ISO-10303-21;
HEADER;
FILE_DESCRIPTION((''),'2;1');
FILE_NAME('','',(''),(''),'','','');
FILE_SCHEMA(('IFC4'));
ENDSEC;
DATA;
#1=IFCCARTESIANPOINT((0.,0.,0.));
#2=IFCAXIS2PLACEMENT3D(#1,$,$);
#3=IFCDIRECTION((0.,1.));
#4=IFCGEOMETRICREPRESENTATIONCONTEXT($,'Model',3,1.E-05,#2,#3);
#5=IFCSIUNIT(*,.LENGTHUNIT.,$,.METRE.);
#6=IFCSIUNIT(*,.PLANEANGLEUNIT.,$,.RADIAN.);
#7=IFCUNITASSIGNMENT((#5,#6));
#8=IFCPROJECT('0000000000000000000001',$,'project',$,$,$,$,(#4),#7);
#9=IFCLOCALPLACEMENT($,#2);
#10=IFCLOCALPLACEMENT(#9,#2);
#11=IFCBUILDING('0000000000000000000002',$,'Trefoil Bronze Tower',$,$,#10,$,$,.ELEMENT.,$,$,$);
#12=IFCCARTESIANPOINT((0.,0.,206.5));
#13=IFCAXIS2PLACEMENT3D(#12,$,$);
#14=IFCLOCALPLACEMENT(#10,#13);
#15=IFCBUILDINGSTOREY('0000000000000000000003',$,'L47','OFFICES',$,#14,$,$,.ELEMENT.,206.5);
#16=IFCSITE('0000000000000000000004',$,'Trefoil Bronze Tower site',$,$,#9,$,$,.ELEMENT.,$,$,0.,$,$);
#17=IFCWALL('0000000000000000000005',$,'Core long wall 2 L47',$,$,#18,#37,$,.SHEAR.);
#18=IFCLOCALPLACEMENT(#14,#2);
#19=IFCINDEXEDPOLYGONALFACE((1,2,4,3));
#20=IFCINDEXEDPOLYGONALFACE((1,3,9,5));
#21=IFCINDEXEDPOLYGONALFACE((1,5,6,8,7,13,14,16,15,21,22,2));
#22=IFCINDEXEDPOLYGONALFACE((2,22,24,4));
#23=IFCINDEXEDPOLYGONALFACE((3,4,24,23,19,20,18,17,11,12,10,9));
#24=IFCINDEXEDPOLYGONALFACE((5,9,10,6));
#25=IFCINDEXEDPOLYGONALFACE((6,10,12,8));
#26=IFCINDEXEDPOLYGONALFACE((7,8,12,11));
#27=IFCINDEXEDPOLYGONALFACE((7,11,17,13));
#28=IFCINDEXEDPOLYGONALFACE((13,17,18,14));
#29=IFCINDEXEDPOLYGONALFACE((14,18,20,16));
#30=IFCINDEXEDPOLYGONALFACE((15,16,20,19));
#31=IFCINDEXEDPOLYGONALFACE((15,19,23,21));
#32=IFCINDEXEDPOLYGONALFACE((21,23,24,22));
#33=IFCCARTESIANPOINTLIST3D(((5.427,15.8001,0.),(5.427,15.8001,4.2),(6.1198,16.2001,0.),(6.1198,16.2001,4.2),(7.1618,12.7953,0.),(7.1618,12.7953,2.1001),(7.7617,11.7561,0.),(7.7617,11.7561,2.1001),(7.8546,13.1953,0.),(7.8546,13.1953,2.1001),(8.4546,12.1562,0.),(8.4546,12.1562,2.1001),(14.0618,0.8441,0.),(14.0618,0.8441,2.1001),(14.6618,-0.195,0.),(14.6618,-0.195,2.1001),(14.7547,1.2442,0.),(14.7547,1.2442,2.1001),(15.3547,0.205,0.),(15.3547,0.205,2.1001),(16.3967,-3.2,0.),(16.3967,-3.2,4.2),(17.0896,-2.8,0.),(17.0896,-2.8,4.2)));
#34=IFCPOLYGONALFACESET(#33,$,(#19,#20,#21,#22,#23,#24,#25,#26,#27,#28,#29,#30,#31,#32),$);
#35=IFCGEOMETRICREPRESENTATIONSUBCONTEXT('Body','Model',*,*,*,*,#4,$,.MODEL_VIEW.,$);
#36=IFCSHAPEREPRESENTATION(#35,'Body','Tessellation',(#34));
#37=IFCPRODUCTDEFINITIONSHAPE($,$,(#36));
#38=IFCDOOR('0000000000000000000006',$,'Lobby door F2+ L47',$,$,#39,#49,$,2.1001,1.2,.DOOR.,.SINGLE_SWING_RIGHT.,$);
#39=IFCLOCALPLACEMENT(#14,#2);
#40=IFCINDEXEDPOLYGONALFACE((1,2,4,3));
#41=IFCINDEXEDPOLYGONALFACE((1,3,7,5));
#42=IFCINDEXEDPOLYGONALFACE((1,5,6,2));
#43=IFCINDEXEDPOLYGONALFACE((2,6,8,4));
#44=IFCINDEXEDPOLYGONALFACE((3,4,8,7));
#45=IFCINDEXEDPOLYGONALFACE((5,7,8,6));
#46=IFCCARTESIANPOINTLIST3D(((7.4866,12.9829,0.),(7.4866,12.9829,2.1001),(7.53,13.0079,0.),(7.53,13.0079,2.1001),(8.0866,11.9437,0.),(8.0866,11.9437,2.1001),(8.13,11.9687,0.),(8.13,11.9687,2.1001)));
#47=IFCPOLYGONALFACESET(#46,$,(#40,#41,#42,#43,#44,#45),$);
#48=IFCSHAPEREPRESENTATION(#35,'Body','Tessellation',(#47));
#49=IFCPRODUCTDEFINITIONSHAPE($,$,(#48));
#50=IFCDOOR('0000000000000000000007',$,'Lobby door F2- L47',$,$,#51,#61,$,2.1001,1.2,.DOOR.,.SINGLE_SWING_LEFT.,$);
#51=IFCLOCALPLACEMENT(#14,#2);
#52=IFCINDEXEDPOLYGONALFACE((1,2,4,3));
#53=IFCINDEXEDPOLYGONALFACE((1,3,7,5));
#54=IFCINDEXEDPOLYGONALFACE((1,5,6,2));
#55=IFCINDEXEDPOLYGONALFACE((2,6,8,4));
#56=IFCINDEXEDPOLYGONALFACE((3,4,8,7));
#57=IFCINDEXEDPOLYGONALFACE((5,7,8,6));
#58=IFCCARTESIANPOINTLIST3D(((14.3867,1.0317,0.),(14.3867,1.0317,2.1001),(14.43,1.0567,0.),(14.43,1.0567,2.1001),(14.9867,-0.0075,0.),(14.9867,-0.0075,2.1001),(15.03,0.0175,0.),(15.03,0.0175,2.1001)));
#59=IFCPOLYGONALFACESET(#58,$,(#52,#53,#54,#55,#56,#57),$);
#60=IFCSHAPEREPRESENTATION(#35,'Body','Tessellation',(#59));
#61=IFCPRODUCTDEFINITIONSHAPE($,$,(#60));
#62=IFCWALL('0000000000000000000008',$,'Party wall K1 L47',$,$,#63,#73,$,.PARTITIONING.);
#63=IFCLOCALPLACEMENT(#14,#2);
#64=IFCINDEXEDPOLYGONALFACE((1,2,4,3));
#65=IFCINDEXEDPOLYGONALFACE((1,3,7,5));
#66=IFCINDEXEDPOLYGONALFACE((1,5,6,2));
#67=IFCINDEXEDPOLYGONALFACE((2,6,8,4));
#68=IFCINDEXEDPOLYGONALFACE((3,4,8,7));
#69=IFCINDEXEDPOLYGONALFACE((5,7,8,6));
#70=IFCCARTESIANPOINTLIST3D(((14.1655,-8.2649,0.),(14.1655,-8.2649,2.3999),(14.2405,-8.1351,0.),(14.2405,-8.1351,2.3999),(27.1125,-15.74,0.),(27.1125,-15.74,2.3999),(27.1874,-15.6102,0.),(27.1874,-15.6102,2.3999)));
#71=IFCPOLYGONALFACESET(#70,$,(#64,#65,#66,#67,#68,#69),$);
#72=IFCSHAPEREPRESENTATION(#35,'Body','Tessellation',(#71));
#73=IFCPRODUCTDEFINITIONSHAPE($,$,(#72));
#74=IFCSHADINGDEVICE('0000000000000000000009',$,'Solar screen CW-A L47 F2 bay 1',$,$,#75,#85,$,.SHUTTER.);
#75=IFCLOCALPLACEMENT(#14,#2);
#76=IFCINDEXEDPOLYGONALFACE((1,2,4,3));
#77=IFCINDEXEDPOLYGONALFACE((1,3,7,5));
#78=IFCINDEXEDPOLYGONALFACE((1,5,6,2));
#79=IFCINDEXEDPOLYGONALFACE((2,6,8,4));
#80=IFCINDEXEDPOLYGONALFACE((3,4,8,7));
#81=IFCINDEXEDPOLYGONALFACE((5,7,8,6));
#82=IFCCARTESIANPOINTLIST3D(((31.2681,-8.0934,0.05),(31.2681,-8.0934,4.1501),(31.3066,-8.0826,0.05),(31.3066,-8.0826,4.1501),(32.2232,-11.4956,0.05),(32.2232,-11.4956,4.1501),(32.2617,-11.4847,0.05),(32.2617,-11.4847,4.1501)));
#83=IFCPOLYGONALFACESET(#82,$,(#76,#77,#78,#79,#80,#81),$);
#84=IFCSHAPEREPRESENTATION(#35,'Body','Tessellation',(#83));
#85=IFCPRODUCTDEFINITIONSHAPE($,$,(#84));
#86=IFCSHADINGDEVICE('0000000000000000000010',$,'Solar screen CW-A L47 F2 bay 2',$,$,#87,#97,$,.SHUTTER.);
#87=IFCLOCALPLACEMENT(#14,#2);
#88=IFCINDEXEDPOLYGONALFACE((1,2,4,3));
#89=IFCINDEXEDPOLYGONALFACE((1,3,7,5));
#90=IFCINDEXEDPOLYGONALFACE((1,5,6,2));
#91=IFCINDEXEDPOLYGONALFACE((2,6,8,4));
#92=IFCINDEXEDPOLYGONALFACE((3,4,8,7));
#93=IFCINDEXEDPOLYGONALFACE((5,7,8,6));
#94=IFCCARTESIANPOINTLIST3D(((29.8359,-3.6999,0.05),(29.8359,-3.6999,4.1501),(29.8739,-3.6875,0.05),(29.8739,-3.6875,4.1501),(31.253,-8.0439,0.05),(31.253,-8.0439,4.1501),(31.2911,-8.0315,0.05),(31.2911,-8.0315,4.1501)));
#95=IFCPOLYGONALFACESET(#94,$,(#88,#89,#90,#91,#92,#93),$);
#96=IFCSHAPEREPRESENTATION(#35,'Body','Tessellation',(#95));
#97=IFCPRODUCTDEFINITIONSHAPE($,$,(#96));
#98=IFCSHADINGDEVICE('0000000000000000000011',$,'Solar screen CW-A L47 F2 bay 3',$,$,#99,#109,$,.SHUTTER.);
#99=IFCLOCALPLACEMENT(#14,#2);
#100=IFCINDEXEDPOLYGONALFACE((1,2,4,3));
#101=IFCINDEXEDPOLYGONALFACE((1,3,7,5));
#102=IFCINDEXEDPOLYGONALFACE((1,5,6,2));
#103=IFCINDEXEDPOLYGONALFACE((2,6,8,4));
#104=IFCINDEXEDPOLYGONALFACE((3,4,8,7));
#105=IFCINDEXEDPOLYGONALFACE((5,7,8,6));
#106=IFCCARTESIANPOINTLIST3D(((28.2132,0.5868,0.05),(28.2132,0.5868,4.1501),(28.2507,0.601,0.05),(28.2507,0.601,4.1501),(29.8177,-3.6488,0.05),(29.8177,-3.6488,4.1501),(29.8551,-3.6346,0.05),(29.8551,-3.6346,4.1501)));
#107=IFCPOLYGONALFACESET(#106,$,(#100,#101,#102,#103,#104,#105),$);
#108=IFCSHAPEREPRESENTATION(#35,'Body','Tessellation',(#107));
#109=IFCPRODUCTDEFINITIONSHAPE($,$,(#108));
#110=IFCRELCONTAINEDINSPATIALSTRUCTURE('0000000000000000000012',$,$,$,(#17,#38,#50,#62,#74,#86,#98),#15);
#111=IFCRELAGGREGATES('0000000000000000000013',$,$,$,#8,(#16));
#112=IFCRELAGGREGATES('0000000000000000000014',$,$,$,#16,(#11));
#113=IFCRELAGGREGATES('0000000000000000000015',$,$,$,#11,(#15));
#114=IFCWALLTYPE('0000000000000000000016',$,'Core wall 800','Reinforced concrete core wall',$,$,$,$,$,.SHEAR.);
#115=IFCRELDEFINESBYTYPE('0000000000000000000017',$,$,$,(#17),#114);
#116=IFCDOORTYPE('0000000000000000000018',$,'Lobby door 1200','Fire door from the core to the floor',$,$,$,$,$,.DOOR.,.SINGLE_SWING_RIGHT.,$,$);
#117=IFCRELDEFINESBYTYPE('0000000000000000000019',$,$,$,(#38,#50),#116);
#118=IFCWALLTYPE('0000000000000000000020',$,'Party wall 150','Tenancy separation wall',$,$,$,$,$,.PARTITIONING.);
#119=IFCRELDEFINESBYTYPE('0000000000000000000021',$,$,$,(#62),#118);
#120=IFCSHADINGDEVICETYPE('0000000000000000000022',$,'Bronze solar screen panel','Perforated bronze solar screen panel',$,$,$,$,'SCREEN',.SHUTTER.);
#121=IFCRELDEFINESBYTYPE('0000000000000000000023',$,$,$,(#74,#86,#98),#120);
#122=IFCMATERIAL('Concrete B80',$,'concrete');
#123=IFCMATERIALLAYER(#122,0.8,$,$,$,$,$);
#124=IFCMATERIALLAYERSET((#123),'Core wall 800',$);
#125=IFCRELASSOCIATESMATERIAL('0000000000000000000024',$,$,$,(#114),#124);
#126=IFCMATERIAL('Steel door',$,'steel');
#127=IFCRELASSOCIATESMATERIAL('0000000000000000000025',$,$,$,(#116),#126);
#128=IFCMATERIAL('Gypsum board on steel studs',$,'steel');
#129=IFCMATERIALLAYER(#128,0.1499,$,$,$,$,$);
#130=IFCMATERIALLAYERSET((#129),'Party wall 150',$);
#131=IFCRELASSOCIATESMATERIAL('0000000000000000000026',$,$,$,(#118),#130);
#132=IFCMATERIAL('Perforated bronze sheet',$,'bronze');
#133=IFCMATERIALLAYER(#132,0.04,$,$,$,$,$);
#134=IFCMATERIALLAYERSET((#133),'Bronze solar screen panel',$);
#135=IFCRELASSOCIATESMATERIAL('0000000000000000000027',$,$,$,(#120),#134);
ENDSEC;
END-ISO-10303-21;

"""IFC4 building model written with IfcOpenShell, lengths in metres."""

from ifc_helpers import new_model, si_unit, direction, frame, frame_2d, origin, origin_2d, place, context, subcontext, project, spatial, rectangle, extrude, material, layer, layer_set, type_object, element, fill, save


model = new_model("IFC4")

# Units and contexts
model_context = context("Model", 3, precision=1e-05, world=origin(), true_north=direction((0.0, 1.0)))
body_context = subcontext(model_context, "Body", "Model", "MODEL_VIEW")
ifc_project = project(units=[si_unit("LENGTHUNIT", "METRE"), si_unit("PLANEANGLEUNIT", "RADIAN")], contexts=[model_context])

# Site, building, storey
site_placement = place(None, origin())
site = spatial("IfcSite", under=ifc_project, at=site_placement, Name="Trefoil Bronze Tower site", CompositionType="ELEMENT", RefElevation=0.0)
building_placement = place(site_placement, origin())
building = spatial("IfcBuilding", under=site, at=building_placement, Name="Trefoil Bronze Tower", CompositionType="ELEMENT")
storey_placement = place(building_placement, frame((0.0, 0.0, 206.5)))
storey = spatial("IfcBuildingStorey", under=building, at=storey_placement, Name="L47", Description="OFFICES", CompositionType="ELEMENT", Elevation=206.5)

# Wall, openings, doors
ifc_material_1 = material(Name="Concrete B80", Category="concrete")
ifc_layer_1 = layer(ifc_material_1, 0.8)
ifc_layer_set_1 = layer_set([ifc_layer_1], Name="Core wall 800")
wall_type_1 = type_object("IfcWallType", Name="Core wall 800", Description="Reinforced concrete core wall", PredefinedType="SHEAR", material=ifc_layer_set_1)
wall_1_placement = place(storey_placement, frame((16.7432, -3.0, 0.0), z_axis=(0.0, 0.0, 1.0), x_axis=(-0.500002, 0.866024, 0.0)))
wall_1 = element("IfcWall", 1, at=wall_1_placement, inside=storey, type_object=wall_type_1, Name="Core long wall 2 L47", PredefinedType="SHEAR", context=body_context, shape_type="SweptSolid", body=[
    extrude(rectangle(XDim=21.9395, YDim=0.8, at=frame_2d((10.9697, 0.0))), origin(), (0.0, 0.0, 1.0), 4.2),
])
opening_1_placement = place(wall_1_placement, frame((17.2698, 0.0, 0.0)))
opening_1 = element("IfcOpeningElement", 2, at=opening_1_placement, cuts=wall_1, PredefinedType="OPENING", context=body_context, shape_type="SweptSolid", body=[
    extrude(rectangle(XDim=1.2, YDim=2.1001, at=frame_2d((0.6001, 1.05))), frame((0.0, 0.4099, 0.0), z_axis=(0.0, -1.0, 0.0), x_axis=(1.0, 0.0, 0.0)), (0.0, 0.0, 1.0), 0.8201),
])
opening_2_placement = place(wall_1_placement, frame((3.4697, 0.0, 0.0)))
opening_2 = element("IfcOpeningElement", 3, at=opening_2_placement, cuts=wall_1, PredefinedType="OPENING", context=body_context, shape_type="SweptSolid", body=[
    extrude(rectangle(XDim=1.2, YDim=2.1001, at=frame_2d((0.6001, 1.05))), frame((0.0, 0.4099, 0.0), z_axis=(0.0, -1.0, 0.0), x_axis=(1.0, 0.0, 0.0)), (0.0, 0.0, 1.0), 0.8201),
])
ifc_material_2 = material(Name="Steel door", Category="steel")
door_type = type_object("IfcDoorType", Name="Lobby door 1200", Description="Fire door from the core to the floor", OperationType="SINGLE_SWING_RIGHT", PredefinedType="DOOR", material=ifc_material_2)
door_1_placement = place(opening_1_placement, origin())
door_1 = element("IfcDoor", 4, at=door_1_placement, inside=storey, type_object=door_type, Name="Lobby door F2+ L47", OperationType="SINGLE_SWING_RIGHT", OverallHeight=2.1001, OverallWidth=1.2, PredefinedType="DOOR", context=body_context, shape_type="SweptSolid", body=[
    extrude(rectangle(XDim=1.2, YDim=2.1001, at=frame_2d((0.6001, 1.05))), frame((0.0, 0.0249, 0.0), z_axis=(0.0, -1.0, 0.0), x_axis=(1.0, 0.0, 0.0)), (0.0, 0.0, 1.0), 0.05),
])
fill(opening_1, door_1)
door_2_placement = place(opening_2_placement, origin())
door_2 = element("IfcDoor", 5, at=door_2_placement, inside=storey, type_object=door_type, Name="Lobby door F2- L47", OperationType="SINGLE_SWING_LEFT", OverallHeight=2.1001, OverallWidth=1.2, PredefinedType="DOOR", context=body_context, shape_type="SweptSolid", body=[
    extrude(rectangle(XDim=1.2, YDim=2.1001, at=frame_2d((0.6001, 1.05))), frame((0.0, 0.0249, 0.0), z_axis=(0.0, -1.0, 0.0), x_axis=(1.0, 0.0, 0.0)), (0.0, 0.0, 1.0), 0.05),
])
fill(opening_2, door_2)

# Wall
ifc_material_3 = material(Name="Gypsum board on steel studs", Category="steel")
ifc_layer_2 = layer(ifc_material_3, 0.1499)
ifc_layer_set_2 = layer_set([ifc_layer_2], Name="Party wall 150")
wall_type_2 = type_object("IfcWallType", Name="Party wall 150", Description="Tenancy separation wall", PredefinedType="PARTITIONING", material=ifc_layer_set_2)
wall_2_placement = place(storey_placement, frame((14.2029, -8.2, 0.0), z_axis=(0.0, 0.0, 1.0), x_axis=(0.866022, -0.500007, 0.0)))
element("IfcWall", 6, at=wall_2_placement, inside=storey, type_object=wall_type_2, Name="Party wall K1 L47", PredefinedType="PARTITIONING", context=body_context, shape_type="SweptSolid", body=[
    extrude(rectangle(XDim=14.95, YDim=0.1499, at=frame_2d((7.4751, 0.0))), origin(), (0.0, 0.0, 1.0), 2.3999),
])

# Shading devices
ifc_material_4 = material(Name="Perforated bronze sheet", Category="bronze")
ifc_layer_3 = layer(ifc_material_4, 0.04)
ifc_layer_set_3 = layer_set([ifc_layer_3], Name="Bronze solar screen panel")
shading_device_type = type_object("IfcShadingDeviceType", Name="Bronze solar screen panel", Description="Perforated bronze solar screen panel", ElementType="SCREEN", PredefinedType="SHUTTER", material=ifc_layer_set_3)
shading_device_1_placement = place(storey_placement, frame((31.7649, -9.7891, 0.05), z_axis=(0.0, 0.0, 1.0), x_axis=(-0.270282, 0.962781, 0.0)))
element("IfcShadingDevice", 7, at=shading_device_1_placement, inside=storey, type_object=shading_device_type, Name="Solar screen CW-A L47 F2 bay 1", PredefinedType="SHUTTER", context=body_context, shape_type="SweptSolid", body=[
    extrude(rectangle(XDim=3.5337, YDim=0.04, at=origin_2d()), origin(), (0.0, 0.0, 1.0), 4.1001),
])
shading_device_2_placement = place(storey_placement, frame((30.5635, -5.8657, 0.05), z_axis=(0.0, 0.0, 1.0), x_axis=(-0.310149, 0.950688, 0.0)))
element("IfcShadingDevice", 8, at=shading_device_2_placement, inside=storey, type_object=shading_device_type, Name="Solar screen CW-A L47 F2 bay 2", PredefinedType="SHUTTER", context=body_context, shape_type="SweptSolid", body=[
    extrude(rectangle(XDim=4.5693, YDim=0.04, at=origin_2d()), origin(), (0.0, 0.0, 1.0), 4.1001),
])
shading_device_3_placement = place(storey_placement, frame((29.0342, -1.5239, 0.05), z_axis=(0.0, 0.0, 1.0), x_axis=(-0.354234, 0.935157, 0.0)))
element("IfcShadingDevice", 9, at=shading_device_3_placement, inside=storey, type_object=shading_device_type, Name="Solar screen CW-A L47 F2 bay 3", PredefinedType="SHUTTER", context=body_context, shape_type="SweptSolid", body=[
    extrude(rectangle(XDim=4.5293, YDim=0.04, at=origin_2d()), origin(), (0.0, 0.0, 1.0), 4.1001),
])

save(model, "model.ifc")
